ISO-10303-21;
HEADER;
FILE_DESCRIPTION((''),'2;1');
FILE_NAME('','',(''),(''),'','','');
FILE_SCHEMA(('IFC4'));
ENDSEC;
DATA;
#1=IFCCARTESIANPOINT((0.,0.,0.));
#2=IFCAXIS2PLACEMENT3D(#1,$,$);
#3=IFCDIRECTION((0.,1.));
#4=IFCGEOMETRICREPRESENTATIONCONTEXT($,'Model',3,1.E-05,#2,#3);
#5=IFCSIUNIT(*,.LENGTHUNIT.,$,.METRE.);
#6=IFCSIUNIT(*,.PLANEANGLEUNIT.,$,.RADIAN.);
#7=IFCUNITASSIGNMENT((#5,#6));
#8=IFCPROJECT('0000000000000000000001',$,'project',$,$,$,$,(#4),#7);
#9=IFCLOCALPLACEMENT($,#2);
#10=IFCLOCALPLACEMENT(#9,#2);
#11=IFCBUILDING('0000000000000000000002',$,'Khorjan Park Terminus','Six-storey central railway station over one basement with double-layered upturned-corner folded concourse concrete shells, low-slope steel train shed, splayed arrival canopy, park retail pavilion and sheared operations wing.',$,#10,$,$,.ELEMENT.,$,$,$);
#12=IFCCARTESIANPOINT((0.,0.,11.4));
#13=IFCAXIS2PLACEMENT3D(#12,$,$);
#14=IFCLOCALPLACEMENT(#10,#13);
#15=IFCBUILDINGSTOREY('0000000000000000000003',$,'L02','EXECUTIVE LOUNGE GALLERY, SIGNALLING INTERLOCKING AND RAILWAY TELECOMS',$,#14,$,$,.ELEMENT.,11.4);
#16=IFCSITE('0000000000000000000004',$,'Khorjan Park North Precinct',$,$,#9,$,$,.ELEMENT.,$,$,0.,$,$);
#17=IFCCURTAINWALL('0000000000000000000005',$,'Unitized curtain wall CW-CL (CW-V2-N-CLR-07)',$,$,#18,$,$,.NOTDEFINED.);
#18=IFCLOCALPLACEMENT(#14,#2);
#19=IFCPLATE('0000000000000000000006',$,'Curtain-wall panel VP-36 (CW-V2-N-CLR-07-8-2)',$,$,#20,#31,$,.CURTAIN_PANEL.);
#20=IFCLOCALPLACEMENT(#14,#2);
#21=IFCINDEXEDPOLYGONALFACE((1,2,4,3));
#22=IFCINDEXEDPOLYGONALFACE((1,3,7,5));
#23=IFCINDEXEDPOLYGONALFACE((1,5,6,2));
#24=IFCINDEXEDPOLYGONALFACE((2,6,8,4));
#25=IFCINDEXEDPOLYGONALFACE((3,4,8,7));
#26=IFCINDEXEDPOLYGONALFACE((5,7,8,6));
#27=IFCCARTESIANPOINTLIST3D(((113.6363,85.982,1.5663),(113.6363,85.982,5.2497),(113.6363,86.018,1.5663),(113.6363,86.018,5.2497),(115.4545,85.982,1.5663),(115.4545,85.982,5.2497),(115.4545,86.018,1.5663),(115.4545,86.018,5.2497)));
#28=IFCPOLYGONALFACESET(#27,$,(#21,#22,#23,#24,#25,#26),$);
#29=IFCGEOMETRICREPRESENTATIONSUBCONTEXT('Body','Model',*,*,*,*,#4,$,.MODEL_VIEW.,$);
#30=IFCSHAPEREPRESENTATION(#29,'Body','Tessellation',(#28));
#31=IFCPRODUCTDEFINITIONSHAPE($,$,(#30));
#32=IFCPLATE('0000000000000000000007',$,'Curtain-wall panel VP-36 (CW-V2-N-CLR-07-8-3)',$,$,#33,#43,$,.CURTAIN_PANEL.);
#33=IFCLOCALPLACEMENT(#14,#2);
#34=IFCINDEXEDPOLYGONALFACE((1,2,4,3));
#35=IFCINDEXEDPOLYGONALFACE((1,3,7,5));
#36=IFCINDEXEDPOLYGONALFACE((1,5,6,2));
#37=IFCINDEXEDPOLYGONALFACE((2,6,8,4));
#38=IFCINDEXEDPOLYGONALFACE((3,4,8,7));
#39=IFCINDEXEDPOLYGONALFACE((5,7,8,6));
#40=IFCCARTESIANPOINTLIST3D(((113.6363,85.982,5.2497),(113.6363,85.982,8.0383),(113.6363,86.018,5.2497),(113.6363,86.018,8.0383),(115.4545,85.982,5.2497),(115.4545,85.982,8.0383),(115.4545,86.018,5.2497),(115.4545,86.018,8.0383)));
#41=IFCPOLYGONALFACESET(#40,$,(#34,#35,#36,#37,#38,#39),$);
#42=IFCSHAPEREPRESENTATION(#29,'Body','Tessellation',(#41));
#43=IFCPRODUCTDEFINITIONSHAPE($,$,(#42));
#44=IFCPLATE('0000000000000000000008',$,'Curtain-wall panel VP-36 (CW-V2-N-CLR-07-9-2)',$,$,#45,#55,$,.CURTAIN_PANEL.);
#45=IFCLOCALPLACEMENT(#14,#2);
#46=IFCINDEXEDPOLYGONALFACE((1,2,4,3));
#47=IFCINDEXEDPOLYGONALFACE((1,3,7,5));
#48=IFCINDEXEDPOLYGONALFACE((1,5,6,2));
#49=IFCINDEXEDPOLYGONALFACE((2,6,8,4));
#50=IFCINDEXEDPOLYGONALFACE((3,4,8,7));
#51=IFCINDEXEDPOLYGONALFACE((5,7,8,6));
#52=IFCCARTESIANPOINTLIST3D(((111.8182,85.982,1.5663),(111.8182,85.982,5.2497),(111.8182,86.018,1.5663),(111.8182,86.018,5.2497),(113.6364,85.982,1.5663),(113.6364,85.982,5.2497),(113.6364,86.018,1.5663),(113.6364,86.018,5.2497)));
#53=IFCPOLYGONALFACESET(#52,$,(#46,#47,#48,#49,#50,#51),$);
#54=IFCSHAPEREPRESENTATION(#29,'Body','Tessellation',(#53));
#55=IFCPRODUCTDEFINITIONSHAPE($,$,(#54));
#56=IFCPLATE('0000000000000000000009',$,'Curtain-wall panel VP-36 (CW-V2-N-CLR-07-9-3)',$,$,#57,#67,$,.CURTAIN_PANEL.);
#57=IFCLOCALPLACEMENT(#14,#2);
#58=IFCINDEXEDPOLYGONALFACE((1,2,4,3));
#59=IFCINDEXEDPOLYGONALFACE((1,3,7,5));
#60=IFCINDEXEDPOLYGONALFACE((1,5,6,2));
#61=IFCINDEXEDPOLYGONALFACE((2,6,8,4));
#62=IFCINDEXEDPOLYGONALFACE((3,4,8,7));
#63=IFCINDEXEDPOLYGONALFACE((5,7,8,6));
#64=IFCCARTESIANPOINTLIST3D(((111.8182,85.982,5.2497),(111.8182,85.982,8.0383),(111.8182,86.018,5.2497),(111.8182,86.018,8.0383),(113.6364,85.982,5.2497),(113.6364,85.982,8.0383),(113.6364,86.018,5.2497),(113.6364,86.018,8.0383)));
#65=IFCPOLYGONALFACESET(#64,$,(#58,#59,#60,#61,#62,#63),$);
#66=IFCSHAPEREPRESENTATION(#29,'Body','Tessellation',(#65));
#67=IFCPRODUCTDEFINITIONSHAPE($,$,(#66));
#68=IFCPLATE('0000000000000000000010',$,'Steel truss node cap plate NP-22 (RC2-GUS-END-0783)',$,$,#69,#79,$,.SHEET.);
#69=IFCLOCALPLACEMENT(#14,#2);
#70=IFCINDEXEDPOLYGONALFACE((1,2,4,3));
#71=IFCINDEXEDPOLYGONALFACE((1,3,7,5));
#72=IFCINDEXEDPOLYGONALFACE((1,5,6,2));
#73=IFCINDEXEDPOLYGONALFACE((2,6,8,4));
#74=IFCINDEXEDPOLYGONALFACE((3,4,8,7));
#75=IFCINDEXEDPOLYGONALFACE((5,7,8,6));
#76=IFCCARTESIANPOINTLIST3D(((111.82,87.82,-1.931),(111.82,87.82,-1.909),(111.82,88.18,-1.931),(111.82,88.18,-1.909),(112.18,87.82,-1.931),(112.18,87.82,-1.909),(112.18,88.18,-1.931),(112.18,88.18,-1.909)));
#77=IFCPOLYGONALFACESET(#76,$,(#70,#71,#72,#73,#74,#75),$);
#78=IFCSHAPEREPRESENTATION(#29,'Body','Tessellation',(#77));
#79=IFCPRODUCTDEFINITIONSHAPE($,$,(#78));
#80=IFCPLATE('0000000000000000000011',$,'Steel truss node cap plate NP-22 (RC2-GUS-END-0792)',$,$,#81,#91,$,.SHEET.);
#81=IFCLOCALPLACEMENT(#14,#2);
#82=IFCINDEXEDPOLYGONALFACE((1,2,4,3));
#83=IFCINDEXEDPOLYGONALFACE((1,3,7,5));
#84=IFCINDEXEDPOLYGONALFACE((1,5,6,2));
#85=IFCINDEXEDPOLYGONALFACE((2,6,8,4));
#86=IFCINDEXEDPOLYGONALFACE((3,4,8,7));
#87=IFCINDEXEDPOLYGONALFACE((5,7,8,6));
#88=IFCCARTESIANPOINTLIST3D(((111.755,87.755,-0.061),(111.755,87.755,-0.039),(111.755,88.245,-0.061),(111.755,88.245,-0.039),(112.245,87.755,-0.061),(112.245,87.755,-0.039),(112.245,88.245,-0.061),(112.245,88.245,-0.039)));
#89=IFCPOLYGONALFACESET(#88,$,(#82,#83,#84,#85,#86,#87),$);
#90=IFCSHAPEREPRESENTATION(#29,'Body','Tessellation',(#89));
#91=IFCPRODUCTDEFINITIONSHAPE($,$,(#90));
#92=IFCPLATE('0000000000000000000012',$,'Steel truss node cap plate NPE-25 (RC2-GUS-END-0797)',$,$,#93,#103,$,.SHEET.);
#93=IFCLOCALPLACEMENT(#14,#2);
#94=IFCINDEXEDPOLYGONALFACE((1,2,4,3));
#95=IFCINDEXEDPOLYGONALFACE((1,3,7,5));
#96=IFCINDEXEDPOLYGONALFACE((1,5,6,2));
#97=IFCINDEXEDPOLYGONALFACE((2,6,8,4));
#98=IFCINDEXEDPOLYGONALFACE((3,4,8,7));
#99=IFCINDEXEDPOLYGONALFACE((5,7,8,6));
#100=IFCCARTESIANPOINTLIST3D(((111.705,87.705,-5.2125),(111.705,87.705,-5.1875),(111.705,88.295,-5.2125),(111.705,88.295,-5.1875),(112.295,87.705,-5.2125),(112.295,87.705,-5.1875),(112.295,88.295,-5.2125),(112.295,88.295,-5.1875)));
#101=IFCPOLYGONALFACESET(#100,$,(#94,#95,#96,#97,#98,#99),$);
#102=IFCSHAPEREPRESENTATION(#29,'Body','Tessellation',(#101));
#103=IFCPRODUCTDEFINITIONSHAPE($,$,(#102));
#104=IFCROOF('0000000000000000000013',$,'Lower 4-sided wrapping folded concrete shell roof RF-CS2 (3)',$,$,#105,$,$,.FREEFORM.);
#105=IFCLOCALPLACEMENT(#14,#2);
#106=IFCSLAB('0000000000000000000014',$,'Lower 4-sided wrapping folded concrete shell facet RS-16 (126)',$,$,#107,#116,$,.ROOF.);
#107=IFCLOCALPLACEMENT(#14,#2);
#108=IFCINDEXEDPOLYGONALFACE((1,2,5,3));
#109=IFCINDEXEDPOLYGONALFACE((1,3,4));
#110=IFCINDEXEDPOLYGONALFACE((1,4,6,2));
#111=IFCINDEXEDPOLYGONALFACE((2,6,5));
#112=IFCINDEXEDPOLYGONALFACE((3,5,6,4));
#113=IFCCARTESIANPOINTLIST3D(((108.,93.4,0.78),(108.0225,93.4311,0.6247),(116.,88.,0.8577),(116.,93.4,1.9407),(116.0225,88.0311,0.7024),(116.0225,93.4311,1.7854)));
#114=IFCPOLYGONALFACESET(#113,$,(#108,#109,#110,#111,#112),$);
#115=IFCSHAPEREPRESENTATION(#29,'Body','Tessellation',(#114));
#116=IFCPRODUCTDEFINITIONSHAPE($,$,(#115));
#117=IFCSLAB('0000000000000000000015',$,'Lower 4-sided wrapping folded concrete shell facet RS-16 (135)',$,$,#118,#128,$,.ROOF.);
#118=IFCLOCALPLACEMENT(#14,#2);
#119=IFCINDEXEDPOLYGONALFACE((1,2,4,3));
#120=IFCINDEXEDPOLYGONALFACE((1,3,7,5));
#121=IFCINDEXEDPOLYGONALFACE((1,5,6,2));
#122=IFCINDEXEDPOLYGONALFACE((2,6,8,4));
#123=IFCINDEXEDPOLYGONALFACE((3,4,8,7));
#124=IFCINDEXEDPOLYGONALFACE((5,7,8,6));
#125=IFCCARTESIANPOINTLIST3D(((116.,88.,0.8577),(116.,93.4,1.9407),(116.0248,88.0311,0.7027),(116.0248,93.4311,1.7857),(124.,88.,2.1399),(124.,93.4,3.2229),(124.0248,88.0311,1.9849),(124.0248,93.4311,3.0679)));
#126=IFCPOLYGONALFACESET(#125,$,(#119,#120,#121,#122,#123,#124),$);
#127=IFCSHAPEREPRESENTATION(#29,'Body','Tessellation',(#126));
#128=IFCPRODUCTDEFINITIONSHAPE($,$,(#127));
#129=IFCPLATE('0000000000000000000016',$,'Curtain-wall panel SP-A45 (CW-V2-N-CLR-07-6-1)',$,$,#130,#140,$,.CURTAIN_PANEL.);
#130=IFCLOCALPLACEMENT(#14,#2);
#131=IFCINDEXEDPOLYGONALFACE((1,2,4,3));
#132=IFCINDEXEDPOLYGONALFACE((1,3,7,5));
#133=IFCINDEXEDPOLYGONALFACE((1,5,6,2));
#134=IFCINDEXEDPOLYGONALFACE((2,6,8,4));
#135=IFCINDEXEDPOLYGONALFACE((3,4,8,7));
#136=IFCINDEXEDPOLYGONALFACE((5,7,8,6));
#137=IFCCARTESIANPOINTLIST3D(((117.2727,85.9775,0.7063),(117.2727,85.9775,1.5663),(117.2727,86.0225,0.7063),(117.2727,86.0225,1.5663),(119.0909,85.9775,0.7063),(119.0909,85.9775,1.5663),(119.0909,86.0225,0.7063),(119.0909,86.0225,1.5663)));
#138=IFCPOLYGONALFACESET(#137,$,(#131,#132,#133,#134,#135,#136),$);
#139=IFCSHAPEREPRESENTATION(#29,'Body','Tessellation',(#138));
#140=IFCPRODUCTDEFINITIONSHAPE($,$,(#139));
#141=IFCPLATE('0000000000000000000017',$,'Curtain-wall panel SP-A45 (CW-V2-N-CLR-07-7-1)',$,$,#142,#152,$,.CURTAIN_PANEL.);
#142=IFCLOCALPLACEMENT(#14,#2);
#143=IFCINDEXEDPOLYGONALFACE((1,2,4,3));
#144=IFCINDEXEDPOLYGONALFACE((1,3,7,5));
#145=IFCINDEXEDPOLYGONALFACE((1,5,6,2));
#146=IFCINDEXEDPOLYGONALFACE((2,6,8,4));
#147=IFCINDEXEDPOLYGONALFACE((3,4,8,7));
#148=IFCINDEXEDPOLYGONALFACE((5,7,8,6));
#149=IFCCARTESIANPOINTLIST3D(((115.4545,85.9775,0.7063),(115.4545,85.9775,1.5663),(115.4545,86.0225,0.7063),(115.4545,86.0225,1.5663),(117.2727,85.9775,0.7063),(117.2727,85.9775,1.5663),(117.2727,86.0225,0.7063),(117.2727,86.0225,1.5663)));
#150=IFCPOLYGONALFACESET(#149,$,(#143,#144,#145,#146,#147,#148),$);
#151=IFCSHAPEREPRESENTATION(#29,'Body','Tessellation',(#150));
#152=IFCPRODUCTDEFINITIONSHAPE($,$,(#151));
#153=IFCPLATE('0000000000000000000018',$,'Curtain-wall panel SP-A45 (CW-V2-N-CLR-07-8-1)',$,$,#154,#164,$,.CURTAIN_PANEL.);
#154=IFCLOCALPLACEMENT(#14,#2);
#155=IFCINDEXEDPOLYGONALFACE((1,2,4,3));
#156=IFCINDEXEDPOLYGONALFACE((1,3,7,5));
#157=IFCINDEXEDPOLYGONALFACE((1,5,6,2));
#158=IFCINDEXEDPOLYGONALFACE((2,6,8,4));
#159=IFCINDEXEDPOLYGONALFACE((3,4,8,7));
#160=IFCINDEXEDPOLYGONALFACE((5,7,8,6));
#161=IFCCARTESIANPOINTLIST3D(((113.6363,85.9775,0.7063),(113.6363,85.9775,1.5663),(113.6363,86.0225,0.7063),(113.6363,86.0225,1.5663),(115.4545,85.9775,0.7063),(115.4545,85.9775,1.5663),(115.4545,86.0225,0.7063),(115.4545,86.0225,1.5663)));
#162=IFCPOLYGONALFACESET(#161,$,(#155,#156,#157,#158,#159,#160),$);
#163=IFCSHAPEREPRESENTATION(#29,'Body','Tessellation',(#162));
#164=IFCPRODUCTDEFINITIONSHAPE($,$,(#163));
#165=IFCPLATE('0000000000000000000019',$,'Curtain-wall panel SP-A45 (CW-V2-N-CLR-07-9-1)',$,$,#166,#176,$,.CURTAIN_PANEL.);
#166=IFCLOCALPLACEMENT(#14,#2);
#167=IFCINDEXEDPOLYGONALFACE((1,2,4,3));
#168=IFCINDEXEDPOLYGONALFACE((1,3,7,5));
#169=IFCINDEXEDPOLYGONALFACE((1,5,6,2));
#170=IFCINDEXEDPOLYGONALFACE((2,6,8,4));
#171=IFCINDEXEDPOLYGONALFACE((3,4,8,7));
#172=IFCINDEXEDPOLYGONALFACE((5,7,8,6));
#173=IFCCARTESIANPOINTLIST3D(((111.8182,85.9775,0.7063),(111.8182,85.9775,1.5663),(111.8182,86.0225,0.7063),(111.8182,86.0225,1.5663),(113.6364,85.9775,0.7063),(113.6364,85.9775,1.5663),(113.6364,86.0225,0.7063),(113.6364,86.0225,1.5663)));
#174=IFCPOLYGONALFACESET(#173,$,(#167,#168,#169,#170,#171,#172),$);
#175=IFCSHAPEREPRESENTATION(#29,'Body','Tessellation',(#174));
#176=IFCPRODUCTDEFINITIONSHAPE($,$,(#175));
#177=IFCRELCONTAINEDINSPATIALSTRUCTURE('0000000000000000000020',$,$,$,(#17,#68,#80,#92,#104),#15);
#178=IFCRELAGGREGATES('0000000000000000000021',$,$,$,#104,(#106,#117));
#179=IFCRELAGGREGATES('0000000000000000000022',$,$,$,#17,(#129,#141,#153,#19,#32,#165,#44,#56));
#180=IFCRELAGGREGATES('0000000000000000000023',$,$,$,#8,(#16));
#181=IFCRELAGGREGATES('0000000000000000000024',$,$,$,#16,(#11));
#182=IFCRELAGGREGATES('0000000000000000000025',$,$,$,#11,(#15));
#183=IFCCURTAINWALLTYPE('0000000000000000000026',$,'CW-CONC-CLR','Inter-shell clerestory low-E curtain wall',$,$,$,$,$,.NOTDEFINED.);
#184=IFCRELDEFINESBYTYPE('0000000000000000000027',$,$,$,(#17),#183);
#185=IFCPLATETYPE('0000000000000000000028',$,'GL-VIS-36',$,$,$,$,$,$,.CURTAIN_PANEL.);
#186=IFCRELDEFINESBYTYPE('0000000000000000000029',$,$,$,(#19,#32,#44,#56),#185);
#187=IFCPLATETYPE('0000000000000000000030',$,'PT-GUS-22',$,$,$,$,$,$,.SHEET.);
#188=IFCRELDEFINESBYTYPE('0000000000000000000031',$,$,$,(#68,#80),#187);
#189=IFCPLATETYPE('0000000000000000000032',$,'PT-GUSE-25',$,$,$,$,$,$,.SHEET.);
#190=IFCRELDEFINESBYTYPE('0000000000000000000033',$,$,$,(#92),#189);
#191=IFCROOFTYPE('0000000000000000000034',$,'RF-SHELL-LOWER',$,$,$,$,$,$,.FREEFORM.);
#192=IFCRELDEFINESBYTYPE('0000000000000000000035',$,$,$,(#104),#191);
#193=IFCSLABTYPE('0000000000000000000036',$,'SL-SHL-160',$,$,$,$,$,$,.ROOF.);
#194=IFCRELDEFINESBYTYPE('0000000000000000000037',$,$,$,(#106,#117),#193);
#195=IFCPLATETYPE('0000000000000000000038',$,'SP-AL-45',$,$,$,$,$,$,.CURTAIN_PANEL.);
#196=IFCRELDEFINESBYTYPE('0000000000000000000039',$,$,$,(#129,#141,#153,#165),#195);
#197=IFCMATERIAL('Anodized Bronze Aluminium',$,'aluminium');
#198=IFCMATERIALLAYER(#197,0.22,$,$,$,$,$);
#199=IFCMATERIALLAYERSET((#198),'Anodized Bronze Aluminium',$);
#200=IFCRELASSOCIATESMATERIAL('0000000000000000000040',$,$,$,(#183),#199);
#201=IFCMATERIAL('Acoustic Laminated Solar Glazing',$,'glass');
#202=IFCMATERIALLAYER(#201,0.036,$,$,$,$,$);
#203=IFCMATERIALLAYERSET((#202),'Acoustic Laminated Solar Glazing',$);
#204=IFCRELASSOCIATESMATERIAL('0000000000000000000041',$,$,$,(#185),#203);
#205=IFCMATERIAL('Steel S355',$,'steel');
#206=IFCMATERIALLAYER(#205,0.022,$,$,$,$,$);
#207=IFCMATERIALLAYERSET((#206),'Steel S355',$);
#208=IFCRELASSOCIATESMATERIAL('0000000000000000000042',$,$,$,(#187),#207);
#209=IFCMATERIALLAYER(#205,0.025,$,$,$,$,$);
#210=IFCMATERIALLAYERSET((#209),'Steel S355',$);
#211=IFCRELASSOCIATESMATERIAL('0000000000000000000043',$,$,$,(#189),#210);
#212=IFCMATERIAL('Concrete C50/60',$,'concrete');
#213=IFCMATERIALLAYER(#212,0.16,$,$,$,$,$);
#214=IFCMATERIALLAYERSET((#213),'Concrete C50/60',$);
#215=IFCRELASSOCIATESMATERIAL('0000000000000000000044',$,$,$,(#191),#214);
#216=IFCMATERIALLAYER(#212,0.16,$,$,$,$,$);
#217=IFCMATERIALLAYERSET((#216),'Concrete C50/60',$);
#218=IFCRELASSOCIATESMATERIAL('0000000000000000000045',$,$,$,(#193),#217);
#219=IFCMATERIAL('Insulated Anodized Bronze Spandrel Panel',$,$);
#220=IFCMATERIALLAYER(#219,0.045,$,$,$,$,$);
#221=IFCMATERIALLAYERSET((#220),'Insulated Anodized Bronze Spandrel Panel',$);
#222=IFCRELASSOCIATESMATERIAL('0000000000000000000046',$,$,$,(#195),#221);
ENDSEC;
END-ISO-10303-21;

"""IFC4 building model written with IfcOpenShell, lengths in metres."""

from ifc_helpers import new_model, si_unit, direction, frame, origin, origin_2d, place, context, subcontext, project, spatial, polyline, rectangle, outline, extrude, material, layer, layer_set, type_object, element, aggregate, save


model = new_model("IFC4")

# Units and contexts
model_context = context("Model", 3, precision=1e-05, world=origin(), true_north=direction((0.0, 1.0)))
body_context = subcontext(model_context, "Body", "Model", "MODEL_VIEW")
ifc_project = project(units=[si_unit("LENGTHUNIT", "METRE"), si_unit("PLANEANGLEUNIT", "RADIAN")], contexts=[model_context])

# Site, building, storey
site_placement = place(None, origin())
site = spatial("IfcSite", under=ifc_project, at=site_placement, Name="Khorjan Park North Precinct", CompositionType="ELEMENT", RefElevation=0.0)
building_placement = place(site_placement, origin())
building = spatial("IfcBuilding", under=site, at=building_placement, Name="Khorjan Park Terminus", Description="Six-storey central railway station over one basement with double-layered upturned-corner folded concourse concrete shells, low-slope steel train shed, splayed arrival canopy, park retail pavilion and sheared operations wing.", CompositionType="ELEMENT")
storey_placement = place(building_placement, frame((0.0, 0.0, 11.4)))
storey = spatial("IfcBuildingStorey", under=building, at=storey_placement, Name="L02", Description="EXECUTIVE LOUNGE GALLERY, SIGNALLING INTERLOCKING AND RAILWAY TELECOMS", CompositionType="ELEMENT", Elevation=11.4)

# Shared definitions
ifc_material_1 = material(Name="Steel S355", Category="steel")

# Curtain wall
ifc_material_2 = material(Name="Anodized Bronze Aluminium", Category="aluminium")
ifc_layer_1 = layer(ifc_material_2, 0.22)
ifc_layer_set_1 = layer_set([ifc_layer_1], Name="Anodized Bronze Aluminium")
curtain_wall_type = type_object("IfcCurtainWallType", Name="CW-CONC-CLR", Description="Inter-shell clerestory low-E curtain wall", PredefinedType="NOTDEFINED", material=ifc_layer_set_1)
curtain_wall_placement = place(storey_placement, origin())
curtain_wall = element("IfcCurtainWall", 1, at=curtain_wall_placement, inside=storey, type_object=curtain_wall_type, Name="Unitized curtain wall CW-CL (CW-V2-N-CLR-07)", PredefinedType="NOTDEFINED")

# Shared definitions
ifc_material_3 = material(Name="Concrete C50/60", Category="concrete")

# Plates
ifc_material_4 = material(Name="Acoustic Laminated Solar Glazing", Category="glass")
ifc_layer_2 = layer(ifc_material_4, 0.036)
ifc_layer_set_2 = layer_set([ifc_layer_2], Name="Acoustic Laminated Solar Glazing")
plate_type_1 = type_object("IfcPlateType", Name="GL-VIS-36", PredefinedType="CURTAIN_PANEL", material=ifc_layer_set_2)
plate_1_placement = place(storey_placement, frame((114.5454, 86.0, 1.5663), z_axis=(0.0, 0.0, 1.0), x_axis=(-1.0, 0.0, 0.0)))
plate_1 = element("IfcPlate", 2, at=plate_1_placement, type_object=plate_type_1, Name="Curtain-wall panel VP-36 (CW-V2-N-CLR-07-8-2)", PredefinedType="CURTAIN_PANEL", context=body_context, shape_type="SweptSolid", body=[
    extrude(rectangle(XDim=1.8182, YDim=0.036, at=origin_2d()), origin(), (0.0, 0.0, 1.0), 3.6834),
])
plate_2_placement = place(storey_placement, frame((114.5454, 86.0, 5.2497), z_axis=(0.0, 0.0, 1.0), x_axis=(-1.0, 0.0, 0.0)))
plate_2 = element("IfcPlate", 3, at=plate_2_placement, type_object=plate_type_1, Name="Curtain-wall panel VP-36 (CW-V2-N-CLR-07-8-3)", PredefinedType="CURTAIN_PANEL", context=body_context, shape_type="SweptSolid", body=[
    extrude(rectangle(XDim=1.8182, YDim=0.036, at=origin_2d()), origin(), (0.0, 0.0, 1.0), 2.7886),
])
plate_3_placement = place(storey_placement, frame((112.7273, 86.0, 1.5663), z_axis=(0.0, 0.0, 1.0), x_axis=(-1.0, 0.0, 0.0)))
plate_3 = element("IfcPlate", 4, at=plate_3_placement, type_object=plate_type_1, Name="Curtain-wall panel VP-36 (CW-V2-N-CLR-07-9-2)", PredefinedType="CURTAIN_PANEL", context=body_context, shape_type="SweptSolid", body=[
    extrude(rectangle(XDim=1.8182, YDim=0.036, at=origin_2d()), origin(), (0.0, 0.0, 1.0), 3.6834),
])
plate_4_placement = place(storey_placement, frame((112.7273, 86.0, 5.2497), z_axis=(0.0, 0.0, 1.0), x_axis=(-1.0, 0.0, 0.0)))
plate_4 = element("IfcPlate", 5, at=plate_4_placement, type_object=plate_type_1, Name="Curtain-wall panel VP-36 (CW-V2-N-CLR-07-9-3)", PredefinedType="CURTAIN_PANEL", context=body_context, shape_type="SweptSolid", body=[
    extrude(rectangle(XDim=1.8182, YDim=0.036, at=origin_2d()), origin(), (0.0, 0.0, 1.0), 2.7886),
])

# Plates
ifc_layer_3 = layer(ifc_material_1, 0.022)
ifc_layer_set_3 = layer_set([ifc_layer_3], Name="Steel S355")
plate_type_2 = type_object("IfcPlateType", Name="PT-GUS-22", PredefinedType="SHEET", material=ifc_layer_set_3)
plate_5_placement = place(storey_placement, frame((112.0, 88.0, -1.931), z_axis=(0.0, 0.0, 1.0), x_axis=(1.0, 0.0, 0.0)))
element("IfcPlate", 6, at=plate_5_placement, inside=storey, type_object=plate_type_2, Name="Steel truss node cap plate NP-22 (RC2-GUS-END-0783)", PredefinedType="SHEET", context=body_context, shape_type="SweptSolid", body=[
    extrude(rectangle(XDim=0.36, YDim=0.36, at=origin_2d()), origin(), (0.0, 0.0, 1.0), 0.022),
])
plate_6_placement = place(storey_placement, frame((112.0, 88.0, -0.061), z_axis=(0.0, 0.0, 1.0), x_axis=(1.0, 0.0, 0.0)))
element("IfcPlate", 7, at=plate_6_placement, inside=storey, type_object=plate_type_2, Name="Steel truss node cap plate NP-22 (RC2-GUS-END-0792)", PredefinedType="SHEET", context=body_context, shape_type="SweptSolid", body=[
    extrude(rectangle(XDim=0.49, YDim=0.49, at=origin_2d()), origin(), (0.0, 0.0, 1.0), 0.022),
])
ifc_layer_4 = layer(ifc_material_1, 0.025)
ifc_layer_set_4 = layer_set([ifc_layer_4], Name="Steel S355")
plate_type_3 = type_object("IfcPlateType", Name="PT-GUSE-25", PredefinedType="SHEET", material=ifc_layer_set_4)
plate_7_placement = place(storey_placement, frame((112.0, 88.0, -5.2125), z_axis=(0.0, 0.0, 1.0), x_axis=(1.0, 0.0, 0.0)))
element("IfcPlate", 8, at=plate_7_placement, inside=storey, type_object=plate_type_3, Name="Steel truss node cap plate NPE-25 (RC2-GUS-END-0797)", PredefinedType="SHEET", context=body_context, shape_type="SweptSolid", body=[
    extrude(rectangle(XDim=0.59, YDim=0.59, at=origin_2d()), origin(), (0.0, 0.0, 1.0), 0.025),
])

# Roof, slabs
ifc_layer_5 = layer(ifc_material_3, 0.16)
ifc_layer_set_5 = layer_set([ifc_layer_5], Name="Concrete C50/60")
roof_type = type_object("IfcRoofType", Name="RF-SHELL-LOWER", PredefinedType="FREEFORM", material=ifc_layer_set_5)
roof_placement = place(storey_placement, origin())
roof = element("IfcRoof", 9, at=roof_placement, inside=storey, type_object=roof_type, Name="Lower 4-sided wrapping folded concrete shell roof RF-CS2 (3)", PredefinedType="FREEFORM")
ifc_layer_6 = layer(ifc_material_3, 0.16)
ifc_layer_set_6 = layer_set([ifc_layer_6], Name="Concrete C50/60")
slab_type = type_object("IfcSlabType", Name="SL-SHL-160", PredefinedType="ROOF", material=ifc_layer_set_6)
slab_1_placement = place(storey_placement, frame((116.0, 88.0, 0.8577), z_axis=(-0.140837, -0.19468, 0.970703), x_axis=(0.0, 0.980476, 0.19664)))
slab_1 = element("IfcSlab", 10, at=slab_1_placement, type_object=slab_type, Name="Lower 4-sided wrapping folded concrete shell facet RS-16 (126)", PredefinedType="ROOF", context=body_context, shape_type="SweptSolid", body=[
    extrude(outline(polyline([(0.0, 0.0), (5.5075, 0.0), (5.2793, 8.0805), (0.0, 0.0)])), origin(), (0.0, 0.0, -1.0), 0.16),
])
slab_2_placement = place(storey_placement, frame((116.0, 88.0, 0.8577), z_axis=(-0.155241, -0.194256, 0.968589), x_axis=(0.987398, 0.0, 0.158255)))
slab_2 = element("IfcSlab", 11, at=slab_2_placement, type_object=slab_type, Name="Lower 4-sided wrapping folded concrete shell facet RS-16 (135)", PredefinedType="ROOF", context=body_context, shape_type="SweptSolid", body=[
    extrude(outline(polyline([(0.0, 0.0), (8.1021, 0.0), (8.2735, 5.5049), (0.1714, 5.5049), (0.0, 0.0)])), origin(), (0.0, 0.0, -1.0), 0.16),
])
aggregate(roof, [slab_1, slab_2])

# Plates
ifc_material_5 = material(Name="Insulated Anodized Bronze Spandrel Panel")
ifc_layer_7 = layer(ifc_material_5, 0.045)
ifc_layer_set_7 = layer_set([ifc_layer_7], Name="Insulated Anodized Bronze Spandrel Panel")
plate_type_4 = type_object("IfcPlateType", Name="SP-AL-45", PredefinedType="CURTAIN_PANEL", material=ifc_layer_set_7)
plate_8_placement = place(storey_placement, frame((118.1818, 86.0, 0.7063), z_axis=(0.0, 0.0, 1.0), x_axis=(-1.0, 0.0, 0.0)))
plate_8 = element("IfcPlate", 12, at=plate_8_placement, type_object=plate_type_4, Name="Curtain-wall panel SP-A45 (CW-V2-N-CLR-07-6-1)", PredefinedType="CURTAIN_PANEL", context=body_context, shape_type="SweptSolid", body=[
    extrude(rectangle(XDim=1.8182, YDim=0.045, at=origin_2d()), origin(), (0.0, 0.0, 1.0), 0.86),
])
plate_9_placement = place(storey_placement, frame((116.3636, 86.0, 0.7063), z_axis=(0.0, 0.0, 1.0), x_axis=(-1.0, 0.0, 0.0)))
plate_9 = element("IfcPlate", 13, at=plate_9_placement, type_object=plate_type_4, Name="Curtain-wall panel SP-A45 (CW-V2-N-CLR-07-7-1)", PredefinedType="CURTAIN_PANEL", context=body_context, shape_type="SweptSolid", body=[
    extrude(rectangle(XDim=1.8182, YDim=0.045, at=origin_2d()), origin(), (0.0, 0.0, 1.0), 0.86),
])
plate_10_placement = place(storey_placement, frame((114.5454, 86.0, 0.7063), z_axis=(0.0, 0.0, 1.0), x_axis=(-1.0, 0.0, 0.0)))
plate_10 = element("IfcPlate", 14, at=plate_10_placement, type_object=plate_type_4, Name="Curtain-wall panel SP-A45 (CW-V2-N-CLR-07-8-1)", PredefinedType="CURTAIN_PANEL", context=body_context, shape_type="SweptSolid", body=[
    extrude(rectangle(XDim=1.8182, YDim=0.045, at=origin_2d()), origin(), (0.0, 0.0, 1.0), 0.86),
])
plate_11_placement = place(storey_placement, frame((112.7273, 86.0, 0.7063), z_axis=(0.0, 0.0, 1.0), x_axis=(-1.0, 0.0, 0.0)))
plate_11 = element("IfcPlate", 15, at=plate_11_placement, type_object=plate_type_4, Name="Curtain-wall panel SP-A45 (CW-V2-N-CLR-07-9-1)", PredefinedType="CURTAIN_PANEL", context=body_context, shape_type="SweptSolid", body=[
    extrude(rectangle(XDim=1.8182, YDim=0.045, at=origin_2d()), origin(), (0.0, 0.0, 1.0), 0.86),
])
aggregate(curtain_wall, [plate_8, plate_9, plate_10, plate_1, plate_2, plate_11, plate_3, plate_4])

save(model, "model.ifc")
